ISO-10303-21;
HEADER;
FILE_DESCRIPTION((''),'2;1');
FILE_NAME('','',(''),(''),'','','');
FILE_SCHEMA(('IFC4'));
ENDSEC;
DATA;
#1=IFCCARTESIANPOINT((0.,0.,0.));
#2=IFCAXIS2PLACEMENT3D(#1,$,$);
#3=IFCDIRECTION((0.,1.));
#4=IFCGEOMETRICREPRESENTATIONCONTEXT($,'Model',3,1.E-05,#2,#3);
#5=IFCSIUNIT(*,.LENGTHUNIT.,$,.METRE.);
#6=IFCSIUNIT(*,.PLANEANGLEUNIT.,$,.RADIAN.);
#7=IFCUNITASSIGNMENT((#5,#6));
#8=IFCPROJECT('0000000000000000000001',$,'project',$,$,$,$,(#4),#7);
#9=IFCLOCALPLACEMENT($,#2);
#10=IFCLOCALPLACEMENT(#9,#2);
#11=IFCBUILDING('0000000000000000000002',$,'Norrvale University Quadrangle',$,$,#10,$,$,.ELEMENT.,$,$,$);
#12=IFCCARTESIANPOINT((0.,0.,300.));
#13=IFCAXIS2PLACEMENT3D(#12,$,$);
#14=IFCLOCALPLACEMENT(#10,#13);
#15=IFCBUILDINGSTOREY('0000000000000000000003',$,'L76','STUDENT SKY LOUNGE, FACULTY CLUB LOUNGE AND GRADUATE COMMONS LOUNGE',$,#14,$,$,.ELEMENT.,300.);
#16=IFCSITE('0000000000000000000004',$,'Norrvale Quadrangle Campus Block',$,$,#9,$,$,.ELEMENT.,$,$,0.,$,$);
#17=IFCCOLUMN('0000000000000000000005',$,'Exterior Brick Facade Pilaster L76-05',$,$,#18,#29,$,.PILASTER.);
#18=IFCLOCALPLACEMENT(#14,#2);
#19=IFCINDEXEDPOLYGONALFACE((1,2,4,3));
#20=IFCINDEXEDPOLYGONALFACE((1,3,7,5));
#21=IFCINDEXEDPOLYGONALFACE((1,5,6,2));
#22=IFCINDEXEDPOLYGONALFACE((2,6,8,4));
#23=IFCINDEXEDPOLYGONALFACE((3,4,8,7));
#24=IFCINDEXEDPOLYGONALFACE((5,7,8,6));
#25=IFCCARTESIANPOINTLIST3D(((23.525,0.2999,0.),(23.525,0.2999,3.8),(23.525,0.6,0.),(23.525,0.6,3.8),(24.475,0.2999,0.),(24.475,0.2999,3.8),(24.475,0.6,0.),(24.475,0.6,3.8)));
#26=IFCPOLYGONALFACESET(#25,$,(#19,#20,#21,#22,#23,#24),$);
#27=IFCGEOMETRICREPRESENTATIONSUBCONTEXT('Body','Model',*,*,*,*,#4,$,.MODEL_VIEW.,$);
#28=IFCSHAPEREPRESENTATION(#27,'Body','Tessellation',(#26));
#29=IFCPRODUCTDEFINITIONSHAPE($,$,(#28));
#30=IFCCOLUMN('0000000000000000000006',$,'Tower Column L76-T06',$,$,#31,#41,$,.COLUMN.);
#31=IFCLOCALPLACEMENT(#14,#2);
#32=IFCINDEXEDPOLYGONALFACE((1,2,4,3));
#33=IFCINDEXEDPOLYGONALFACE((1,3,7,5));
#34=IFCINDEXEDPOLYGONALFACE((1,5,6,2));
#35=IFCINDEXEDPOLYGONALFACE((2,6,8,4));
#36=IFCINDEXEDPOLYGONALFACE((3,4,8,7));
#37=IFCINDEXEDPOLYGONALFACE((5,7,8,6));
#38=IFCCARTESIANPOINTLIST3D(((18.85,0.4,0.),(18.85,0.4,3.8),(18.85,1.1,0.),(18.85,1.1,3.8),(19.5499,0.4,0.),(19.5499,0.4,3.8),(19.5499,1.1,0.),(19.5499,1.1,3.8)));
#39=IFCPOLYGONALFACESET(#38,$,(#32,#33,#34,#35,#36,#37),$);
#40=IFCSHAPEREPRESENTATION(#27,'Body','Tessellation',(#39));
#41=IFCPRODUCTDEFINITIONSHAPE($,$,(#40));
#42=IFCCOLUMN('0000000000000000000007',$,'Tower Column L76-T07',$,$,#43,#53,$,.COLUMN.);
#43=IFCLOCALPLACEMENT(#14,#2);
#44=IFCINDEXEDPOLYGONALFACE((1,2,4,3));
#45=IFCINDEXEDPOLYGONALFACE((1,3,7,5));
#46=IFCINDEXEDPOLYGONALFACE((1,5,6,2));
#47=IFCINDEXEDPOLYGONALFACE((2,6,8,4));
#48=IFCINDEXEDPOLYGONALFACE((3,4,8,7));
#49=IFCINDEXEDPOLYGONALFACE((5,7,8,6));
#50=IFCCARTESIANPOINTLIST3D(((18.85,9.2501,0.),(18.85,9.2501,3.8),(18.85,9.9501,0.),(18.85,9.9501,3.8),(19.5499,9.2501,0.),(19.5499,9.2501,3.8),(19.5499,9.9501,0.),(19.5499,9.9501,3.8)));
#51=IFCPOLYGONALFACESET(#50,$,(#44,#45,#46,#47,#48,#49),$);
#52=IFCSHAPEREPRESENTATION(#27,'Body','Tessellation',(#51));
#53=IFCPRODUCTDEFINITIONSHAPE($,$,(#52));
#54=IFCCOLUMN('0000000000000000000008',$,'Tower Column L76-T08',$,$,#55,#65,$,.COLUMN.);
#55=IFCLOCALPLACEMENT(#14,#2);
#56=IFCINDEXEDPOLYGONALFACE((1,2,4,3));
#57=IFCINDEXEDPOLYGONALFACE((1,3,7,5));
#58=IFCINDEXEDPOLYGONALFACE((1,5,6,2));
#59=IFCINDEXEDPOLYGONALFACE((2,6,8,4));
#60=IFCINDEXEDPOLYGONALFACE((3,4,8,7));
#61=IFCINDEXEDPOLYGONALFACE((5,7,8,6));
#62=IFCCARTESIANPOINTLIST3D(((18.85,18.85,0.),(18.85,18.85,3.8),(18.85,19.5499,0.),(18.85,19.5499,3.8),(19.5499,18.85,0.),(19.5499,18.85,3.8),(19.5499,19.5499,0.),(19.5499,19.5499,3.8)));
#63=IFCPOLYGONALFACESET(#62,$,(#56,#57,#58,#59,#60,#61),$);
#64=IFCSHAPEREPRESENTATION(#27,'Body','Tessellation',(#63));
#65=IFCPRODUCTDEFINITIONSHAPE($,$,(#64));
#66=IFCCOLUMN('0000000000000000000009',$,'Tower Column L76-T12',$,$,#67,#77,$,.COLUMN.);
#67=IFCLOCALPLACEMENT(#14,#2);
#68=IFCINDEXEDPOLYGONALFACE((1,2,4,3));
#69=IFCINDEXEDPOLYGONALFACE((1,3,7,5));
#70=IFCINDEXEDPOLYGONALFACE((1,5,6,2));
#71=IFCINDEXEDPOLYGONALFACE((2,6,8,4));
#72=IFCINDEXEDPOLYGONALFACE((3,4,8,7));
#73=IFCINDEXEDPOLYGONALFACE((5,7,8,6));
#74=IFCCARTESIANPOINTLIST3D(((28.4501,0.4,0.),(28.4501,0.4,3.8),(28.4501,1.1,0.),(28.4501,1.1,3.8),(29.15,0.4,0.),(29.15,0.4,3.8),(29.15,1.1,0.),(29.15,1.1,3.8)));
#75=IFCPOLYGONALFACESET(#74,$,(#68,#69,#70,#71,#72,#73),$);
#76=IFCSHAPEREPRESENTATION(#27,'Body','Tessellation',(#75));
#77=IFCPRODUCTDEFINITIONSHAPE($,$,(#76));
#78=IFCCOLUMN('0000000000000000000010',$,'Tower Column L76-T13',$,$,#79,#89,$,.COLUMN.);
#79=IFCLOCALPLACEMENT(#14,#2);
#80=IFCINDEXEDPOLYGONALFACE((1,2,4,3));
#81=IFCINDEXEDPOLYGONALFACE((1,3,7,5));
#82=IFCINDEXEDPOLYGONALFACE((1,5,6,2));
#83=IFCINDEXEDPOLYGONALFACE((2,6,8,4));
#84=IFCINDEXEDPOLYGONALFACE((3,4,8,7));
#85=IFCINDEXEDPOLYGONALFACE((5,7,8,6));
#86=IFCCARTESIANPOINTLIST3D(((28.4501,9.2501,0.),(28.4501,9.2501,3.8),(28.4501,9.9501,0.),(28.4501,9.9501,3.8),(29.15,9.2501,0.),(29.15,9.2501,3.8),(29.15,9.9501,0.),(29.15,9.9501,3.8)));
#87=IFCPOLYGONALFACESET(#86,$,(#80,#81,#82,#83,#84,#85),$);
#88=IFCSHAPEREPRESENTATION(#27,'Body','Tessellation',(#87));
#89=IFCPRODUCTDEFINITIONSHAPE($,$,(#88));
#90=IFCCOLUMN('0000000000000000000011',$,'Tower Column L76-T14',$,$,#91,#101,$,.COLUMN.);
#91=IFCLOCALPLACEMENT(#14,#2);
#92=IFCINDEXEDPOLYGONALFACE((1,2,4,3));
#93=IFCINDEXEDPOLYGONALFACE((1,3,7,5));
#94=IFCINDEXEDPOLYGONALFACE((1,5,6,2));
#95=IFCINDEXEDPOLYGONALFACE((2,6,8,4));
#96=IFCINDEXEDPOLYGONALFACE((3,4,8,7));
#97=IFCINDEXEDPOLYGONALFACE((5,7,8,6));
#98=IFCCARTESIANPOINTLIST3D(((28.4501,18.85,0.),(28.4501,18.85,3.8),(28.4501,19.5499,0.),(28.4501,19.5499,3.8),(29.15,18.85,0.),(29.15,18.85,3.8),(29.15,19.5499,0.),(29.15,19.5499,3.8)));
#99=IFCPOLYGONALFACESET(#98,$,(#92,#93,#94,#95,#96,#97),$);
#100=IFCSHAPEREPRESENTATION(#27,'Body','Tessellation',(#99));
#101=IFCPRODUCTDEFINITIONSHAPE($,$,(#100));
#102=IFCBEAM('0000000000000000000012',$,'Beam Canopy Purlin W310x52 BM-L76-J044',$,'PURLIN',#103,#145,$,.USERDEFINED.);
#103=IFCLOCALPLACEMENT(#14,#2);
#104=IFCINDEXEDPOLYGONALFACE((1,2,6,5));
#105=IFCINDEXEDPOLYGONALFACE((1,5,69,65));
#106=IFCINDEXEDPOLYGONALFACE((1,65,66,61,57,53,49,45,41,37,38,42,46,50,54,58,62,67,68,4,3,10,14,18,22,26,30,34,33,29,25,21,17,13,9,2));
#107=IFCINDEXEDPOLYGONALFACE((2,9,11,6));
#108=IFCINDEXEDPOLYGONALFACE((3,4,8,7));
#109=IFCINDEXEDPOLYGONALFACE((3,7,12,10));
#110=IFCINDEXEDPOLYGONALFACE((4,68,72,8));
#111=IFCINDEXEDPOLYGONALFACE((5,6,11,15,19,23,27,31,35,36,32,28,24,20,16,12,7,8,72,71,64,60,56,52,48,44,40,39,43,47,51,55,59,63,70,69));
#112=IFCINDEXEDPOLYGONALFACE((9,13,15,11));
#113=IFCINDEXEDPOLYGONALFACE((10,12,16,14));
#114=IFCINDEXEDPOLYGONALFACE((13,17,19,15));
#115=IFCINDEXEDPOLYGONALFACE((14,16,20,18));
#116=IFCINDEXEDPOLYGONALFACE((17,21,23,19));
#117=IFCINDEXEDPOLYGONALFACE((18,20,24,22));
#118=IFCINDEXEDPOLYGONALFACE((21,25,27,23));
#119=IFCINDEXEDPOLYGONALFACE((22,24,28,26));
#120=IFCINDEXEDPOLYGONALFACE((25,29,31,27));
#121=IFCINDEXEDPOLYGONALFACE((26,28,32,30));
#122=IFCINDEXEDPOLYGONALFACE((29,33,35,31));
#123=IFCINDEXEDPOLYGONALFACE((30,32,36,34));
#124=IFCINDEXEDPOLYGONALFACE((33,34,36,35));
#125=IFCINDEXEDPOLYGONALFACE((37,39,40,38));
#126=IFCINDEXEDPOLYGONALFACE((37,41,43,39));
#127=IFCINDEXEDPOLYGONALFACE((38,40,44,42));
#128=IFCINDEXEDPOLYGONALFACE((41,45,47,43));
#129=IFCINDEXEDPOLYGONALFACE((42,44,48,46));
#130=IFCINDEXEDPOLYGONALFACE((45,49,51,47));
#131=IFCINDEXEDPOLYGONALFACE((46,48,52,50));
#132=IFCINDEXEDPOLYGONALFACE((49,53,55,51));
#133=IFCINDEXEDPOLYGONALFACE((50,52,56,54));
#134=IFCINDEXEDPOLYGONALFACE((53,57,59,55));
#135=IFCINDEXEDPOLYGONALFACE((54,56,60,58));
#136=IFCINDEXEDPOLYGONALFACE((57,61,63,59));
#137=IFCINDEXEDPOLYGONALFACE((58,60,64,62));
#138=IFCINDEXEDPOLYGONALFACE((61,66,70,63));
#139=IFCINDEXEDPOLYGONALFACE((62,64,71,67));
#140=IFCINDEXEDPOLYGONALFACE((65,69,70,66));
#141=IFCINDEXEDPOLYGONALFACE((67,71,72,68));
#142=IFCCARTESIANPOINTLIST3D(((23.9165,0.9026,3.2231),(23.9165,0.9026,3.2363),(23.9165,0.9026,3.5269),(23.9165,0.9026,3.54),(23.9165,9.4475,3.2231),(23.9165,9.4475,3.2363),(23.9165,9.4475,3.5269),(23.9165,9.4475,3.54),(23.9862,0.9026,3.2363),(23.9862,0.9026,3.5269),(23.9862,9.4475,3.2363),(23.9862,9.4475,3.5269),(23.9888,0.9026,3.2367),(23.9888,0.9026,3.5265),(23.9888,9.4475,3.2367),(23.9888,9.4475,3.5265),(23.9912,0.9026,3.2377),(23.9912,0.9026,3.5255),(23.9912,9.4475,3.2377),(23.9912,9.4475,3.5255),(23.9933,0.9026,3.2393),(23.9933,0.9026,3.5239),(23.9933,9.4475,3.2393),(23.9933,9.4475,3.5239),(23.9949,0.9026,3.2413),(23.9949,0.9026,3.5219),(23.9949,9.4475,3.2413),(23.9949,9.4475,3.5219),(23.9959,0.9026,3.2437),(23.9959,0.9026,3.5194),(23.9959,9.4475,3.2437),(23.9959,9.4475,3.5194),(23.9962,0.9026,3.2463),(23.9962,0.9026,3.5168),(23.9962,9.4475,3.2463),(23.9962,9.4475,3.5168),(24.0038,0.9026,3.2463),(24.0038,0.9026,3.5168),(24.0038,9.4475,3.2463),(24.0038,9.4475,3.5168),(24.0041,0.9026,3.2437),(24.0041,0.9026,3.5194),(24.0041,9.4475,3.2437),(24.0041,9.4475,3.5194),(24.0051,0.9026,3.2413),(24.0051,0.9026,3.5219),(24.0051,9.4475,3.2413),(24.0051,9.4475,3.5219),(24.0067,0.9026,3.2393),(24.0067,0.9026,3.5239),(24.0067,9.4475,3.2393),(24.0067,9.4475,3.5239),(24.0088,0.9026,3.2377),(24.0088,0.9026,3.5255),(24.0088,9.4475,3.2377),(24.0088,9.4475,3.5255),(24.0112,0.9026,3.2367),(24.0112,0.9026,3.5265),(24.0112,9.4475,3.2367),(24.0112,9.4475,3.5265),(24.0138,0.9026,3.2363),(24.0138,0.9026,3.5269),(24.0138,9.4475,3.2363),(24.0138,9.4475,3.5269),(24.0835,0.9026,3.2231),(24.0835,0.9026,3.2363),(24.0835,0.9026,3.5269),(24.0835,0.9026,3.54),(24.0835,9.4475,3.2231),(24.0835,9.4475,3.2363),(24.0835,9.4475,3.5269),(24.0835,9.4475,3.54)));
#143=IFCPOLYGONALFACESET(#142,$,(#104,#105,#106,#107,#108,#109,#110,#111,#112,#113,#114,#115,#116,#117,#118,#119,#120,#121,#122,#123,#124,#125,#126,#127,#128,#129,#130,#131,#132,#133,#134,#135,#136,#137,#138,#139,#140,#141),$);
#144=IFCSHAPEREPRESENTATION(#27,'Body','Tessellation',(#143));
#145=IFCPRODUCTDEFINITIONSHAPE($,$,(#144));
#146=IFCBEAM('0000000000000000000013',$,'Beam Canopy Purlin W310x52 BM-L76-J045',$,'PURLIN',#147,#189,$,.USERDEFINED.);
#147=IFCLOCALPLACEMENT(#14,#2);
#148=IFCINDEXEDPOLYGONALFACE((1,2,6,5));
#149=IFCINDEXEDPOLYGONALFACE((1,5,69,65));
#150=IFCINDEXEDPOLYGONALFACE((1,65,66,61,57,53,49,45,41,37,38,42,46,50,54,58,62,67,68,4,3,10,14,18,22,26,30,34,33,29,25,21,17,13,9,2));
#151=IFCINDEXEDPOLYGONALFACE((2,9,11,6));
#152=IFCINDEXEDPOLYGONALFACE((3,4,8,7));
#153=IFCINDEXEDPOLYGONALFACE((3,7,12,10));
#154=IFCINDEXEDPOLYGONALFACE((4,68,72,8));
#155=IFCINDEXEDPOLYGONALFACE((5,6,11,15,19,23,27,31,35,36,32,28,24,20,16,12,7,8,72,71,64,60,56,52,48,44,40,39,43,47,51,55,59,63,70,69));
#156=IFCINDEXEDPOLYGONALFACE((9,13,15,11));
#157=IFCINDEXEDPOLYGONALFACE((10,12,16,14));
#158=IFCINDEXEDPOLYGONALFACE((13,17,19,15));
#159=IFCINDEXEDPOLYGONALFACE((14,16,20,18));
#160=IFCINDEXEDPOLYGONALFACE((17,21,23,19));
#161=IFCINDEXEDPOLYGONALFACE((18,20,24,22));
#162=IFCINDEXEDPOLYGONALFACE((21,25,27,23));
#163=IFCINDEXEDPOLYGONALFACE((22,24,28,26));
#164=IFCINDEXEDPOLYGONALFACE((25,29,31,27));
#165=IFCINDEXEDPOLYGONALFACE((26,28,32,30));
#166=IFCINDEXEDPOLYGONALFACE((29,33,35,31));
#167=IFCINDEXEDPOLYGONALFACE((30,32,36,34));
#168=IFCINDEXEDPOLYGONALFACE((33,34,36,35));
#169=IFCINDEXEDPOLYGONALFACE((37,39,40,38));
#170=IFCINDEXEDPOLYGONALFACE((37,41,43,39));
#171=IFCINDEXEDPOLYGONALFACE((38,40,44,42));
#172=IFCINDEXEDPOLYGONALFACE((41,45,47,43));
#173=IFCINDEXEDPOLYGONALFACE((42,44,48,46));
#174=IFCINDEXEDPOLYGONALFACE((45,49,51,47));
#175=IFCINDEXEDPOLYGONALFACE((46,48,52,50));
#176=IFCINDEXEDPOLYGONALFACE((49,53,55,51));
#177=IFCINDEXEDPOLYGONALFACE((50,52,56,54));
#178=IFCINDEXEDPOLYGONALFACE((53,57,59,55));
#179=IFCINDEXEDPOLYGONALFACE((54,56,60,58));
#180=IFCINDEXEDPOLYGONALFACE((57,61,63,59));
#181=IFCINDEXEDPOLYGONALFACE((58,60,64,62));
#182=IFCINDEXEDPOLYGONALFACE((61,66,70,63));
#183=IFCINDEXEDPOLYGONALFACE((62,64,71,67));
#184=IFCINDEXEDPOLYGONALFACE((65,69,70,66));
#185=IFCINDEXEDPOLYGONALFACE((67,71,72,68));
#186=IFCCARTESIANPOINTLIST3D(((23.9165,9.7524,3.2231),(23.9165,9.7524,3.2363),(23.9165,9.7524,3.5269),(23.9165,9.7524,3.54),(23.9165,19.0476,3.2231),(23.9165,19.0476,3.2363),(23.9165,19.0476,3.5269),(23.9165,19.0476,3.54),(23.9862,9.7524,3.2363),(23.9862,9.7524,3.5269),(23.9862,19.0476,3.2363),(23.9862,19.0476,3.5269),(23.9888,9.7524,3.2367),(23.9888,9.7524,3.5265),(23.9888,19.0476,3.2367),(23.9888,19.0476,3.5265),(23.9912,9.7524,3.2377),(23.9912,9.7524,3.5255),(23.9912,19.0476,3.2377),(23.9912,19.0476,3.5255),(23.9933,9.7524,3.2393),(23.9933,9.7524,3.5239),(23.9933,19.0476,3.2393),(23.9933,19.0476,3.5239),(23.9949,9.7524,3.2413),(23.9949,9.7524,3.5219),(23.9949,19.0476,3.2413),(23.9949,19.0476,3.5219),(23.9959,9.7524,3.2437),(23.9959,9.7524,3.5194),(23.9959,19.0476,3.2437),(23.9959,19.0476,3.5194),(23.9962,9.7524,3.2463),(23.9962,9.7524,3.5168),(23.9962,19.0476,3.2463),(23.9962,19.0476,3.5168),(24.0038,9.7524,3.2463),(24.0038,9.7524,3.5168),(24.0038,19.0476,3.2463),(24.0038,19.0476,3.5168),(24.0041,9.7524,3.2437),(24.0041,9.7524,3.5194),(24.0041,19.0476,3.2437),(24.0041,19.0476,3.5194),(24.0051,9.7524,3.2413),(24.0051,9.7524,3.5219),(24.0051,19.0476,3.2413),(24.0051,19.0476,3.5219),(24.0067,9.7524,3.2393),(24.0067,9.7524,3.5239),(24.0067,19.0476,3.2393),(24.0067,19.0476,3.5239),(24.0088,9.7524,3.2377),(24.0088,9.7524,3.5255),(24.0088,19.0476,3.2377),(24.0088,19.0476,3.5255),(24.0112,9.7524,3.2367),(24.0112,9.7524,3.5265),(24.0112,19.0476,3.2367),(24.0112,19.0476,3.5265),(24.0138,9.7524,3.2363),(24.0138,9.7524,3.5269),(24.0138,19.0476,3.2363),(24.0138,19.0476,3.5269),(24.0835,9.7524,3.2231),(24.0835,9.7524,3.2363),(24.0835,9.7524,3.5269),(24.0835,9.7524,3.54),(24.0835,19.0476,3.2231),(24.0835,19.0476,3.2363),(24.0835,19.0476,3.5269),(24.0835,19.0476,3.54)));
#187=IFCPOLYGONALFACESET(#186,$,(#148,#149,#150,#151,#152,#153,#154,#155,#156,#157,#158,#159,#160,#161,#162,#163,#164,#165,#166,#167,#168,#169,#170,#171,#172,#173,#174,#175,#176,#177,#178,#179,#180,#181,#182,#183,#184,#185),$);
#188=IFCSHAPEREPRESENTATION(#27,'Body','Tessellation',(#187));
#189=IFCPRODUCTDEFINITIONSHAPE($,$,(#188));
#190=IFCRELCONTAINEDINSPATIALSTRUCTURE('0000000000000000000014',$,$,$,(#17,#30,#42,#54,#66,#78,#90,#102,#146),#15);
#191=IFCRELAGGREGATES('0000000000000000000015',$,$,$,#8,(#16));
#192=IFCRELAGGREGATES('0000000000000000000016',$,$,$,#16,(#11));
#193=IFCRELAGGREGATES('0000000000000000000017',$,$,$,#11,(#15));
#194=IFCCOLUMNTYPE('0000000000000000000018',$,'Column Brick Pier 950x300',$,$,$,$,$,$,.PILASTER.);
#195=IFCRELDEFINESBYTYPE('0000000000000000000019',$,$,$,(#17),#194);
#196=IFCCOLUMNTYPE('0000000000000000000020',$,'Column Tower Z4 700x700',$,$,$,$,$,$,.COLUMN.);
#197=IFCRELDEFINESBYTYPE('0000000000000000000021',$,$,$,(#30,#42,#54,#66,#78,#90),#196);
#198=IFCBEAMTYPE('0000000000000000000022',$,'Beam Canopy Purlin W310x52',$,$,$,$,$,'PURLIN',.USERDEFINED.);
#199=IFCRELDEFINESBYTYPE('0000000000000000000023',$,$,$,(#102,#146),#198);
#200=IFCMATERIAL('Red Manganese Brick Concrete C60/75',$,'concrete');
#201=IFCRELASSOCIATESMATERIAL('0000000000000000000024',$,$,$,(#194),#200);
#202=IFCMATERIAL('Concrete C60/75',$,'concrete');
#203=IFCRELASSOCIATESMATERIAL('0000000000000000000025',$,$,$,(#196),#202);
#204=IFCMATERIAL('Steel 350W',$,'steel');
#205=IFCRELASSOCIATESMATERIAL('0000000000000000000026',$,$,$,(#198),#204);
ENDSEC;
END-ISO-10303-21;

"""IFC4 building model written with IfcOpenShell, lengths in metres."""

from ifc_helpers import new_model, si_unit, direction, frame, origin, origin_2d, place, context, subcontext, project, spatial, rectangle, i_section, extrude, material, material_profile, profile_set, type_object, element, save


model = new_model("IFC4")

# Units and contexts
model_context = context("Model", 3, precision=1e-05, world=origin(), true_north=direction((0.0, 1.0)))
body_context = subcontext(model_context, "Body", "Model", "MODEL_VIEW")
ifc_project = project(units=[si_unit("LENGTHUNIT", "METRE"), si_unit("PLANEANGLEUNIT", "RADIAN")], contexts=[model_context])

# Site, building, storey
site_placement = place(None, origin())
site = spatial("IfcSite", under=ifc_project, at=site_placement, Name="Norrvale Quadrangle Campus Block", CompositionType="ELEMENT", RefElevation=0.0)
building_placement = place(site_placement, origin())
building = spatial("IfcBuilding", under=site, at=building_placement, Name="Norrvale University Quadrangle", CompositionType="ELEMENT")
storey_placement = place(building_placement, frame((0.0, 0.0, 300.0)))
storey = spatial("IfcBuildingStorey", under=building, at=storey_placement, Name="L76", Description="STUDENT SKY LOUNGE, FACULTY CLUB LOUNGE AND GRADUATE COMMONS LOUNGE", CompositionType="ELEMENT", Elevation=300.0)

# Columns
ifc_material_1 = material(Name="Red Manganese Brick Concrete C60/75", Category="concrete")
ifc_material_profile_1 = material_profile(ifc_material_1, rectangle(XDim=0.95, YDim=0.3, at=origin_2d()), Name="Red Manganese Brick Concrete C60/75")
ifc_profile_set_1 = profile_set([ifc_material_profile_1], Name="Red Manganese Brick Concrete C60/75")
column_type_1 = type_object("IfcColumnType", Name="Column Brick Pier 950x300", PredefinedType="PILASTER", material=ifc_profile_set_1)
column_placement = place(storey_placement, frame((24.0, 0.45, 0.0), z_axis=(0.0, 0.0, 1.0), x_axis=(1.0, 0.0, 0.0)))
element("IfcColumn", 1, at=column_placement, inside=storey, type_object=column_type_1, Name="Exterior Brick Facade Pilaster L76-05", PredefinedType="PILASTER", context=body_context, shape_type="SweptSolid", body=[
    extrude(rectangle(XDim=0.95, YDim=0.3, at=origin_2d()), origin(), (0.0, 0.0, 1.0), 3.8),
])
ifc_material_2 = material(Name="Concrete C60/75", Category="concrete")
ifc_material_profile_2 = material_profile(ifc_material_2, rectangle(XDim=0.7, YDim=0.7, at=origin_2d()), Name="Concrete C60/75")
ifc_profile_set_2 = profile_set([ifc_material_profile_2], Name="Concrete C60/75")
column_type_2 = type_object("IfcColumnType", Name="Column Tower Z4 700x700", PredefinedType="COLUMN", material=ifc_profile_set_2)
for number, where, z_axis, x_axis, name in (
    (2, (19.2, 0.75, 0.0), (0.0, 0.0, 1.0), (1.0, 0.0, 0.0), "Tower Column L76-T06"),
    (3, (19.2, 9.6001, 0.0), (0.0, 0.0, 1.0), (1.0, 0.0, 0.0), "Tower Column L76-T07"),
    (4, (19.2, 19.2, 0.0), (0.0, 0.0, 1.0), (1.0, 0.0, 0.0), "Tower Column L76-T08"),
    (5, (28.8, 0.75, 0.0), (0.0, 0.0, 1.0), (1.0, 0.0, 0.0), "Tower Column L76-T12"),
    (6, (28.8, 9.6001, 0.0), (0.0, 0.0, 1.0), (1.0, 0.0, 0.0), "Tower Column L76-T13"),
    (7, (28.8, 19.2, 0.0), (0.0, 0.0, 1.0), (1.0, 0.0, 0.0), "Tower Column L76-T14"),
):
    element("IfcColumn", number, at=place(storey_placement, frame(where, z_axis=z_axis, x_axis=x_axis)), inside=storey, type_object=column_type_2, Name=name, PredefinedType="COLUMN", context=body_context, shape_type="SweptSolid", body=[
        extrude(rectangle(XDim=0.7, YDim=0.7, at=origin_2d()), origin(), (0.0, 0.0, 1.0), 3.8),
    ])

# Beams
ifc_material_3 = material(Name="Steel 350W", Category="steel")
ifc_material_profile_3 = material_profile(ifc_material_3, i_section(OverallWidth=0.167, OverallDepth=0.3169, WebThickness=0.0076, FlangeThickness=0.0132, FilletRadius=0.01, at=origin_2d()), Name="Steel 350W")
ifc_profile_set_3 = profile_set([ifc_material_profile_3], Name="Steel 350W")
beam_type_1 = type_object("IfcBeamType", Name="Beam Canopy Purlin W310x52", ElementType="PURLIN", PredefinedType="USERDEFINED", material=ifc_profile_set_3)
beam_1_placement = place(storey_placement, frame((24.0, 0.9026, 3.3816), z_axis=(0.0, 1.0, 0.0), x_axis=(-1.0, 0.0, 0.0)))
element("IfcBeam", 8, at=beam_1_placement, inside=storey, type_object=beam_type_1, Name="Beam Canopy Purlin W310x52 BM-L76-J044", ObjectType="PURLIN", PredefinedType="USERDEFINED", context=body_context, shape_type="SweptSolid", body=[
    extrude(i_section(OverallWidth=0.167, OverallDepth=0.3169, WebThickness=0.0076, FlangeThickness=0.0132, FilletRadius=0.01, at=origin_2d()), origin(), (0.0, 0.0, 1.0), 8.5449),
])
beam_2_placement = place(storey_placement, frame((24.0, 9.7524, 3.3816), z_axis=(0.0, 1.0, 0.0), x_axis=(-1.0, 0.0, 0.0)))
element("IfcBeam", 9, at=beam_2_placement, inside=storey, type_object=beam_type_1, Name="Beam Canopy Purlin W310x52 BM-L76-J045", ObjectType="PURLIN", PredefinedType="USERDEFINED", context=body_context, shape_type="SweptSolid", body=[
    extrude(i_section(OverallWidth=0.167, OverallDepth=0.3169, WebThickness=0.0076, FlangeThickness=0.0132, FilletRadius=0.01, at=origin_2d()), origin(), (0.0, 0.0, 1.0), 9.2952),
])

save(model, "model.ifc")
